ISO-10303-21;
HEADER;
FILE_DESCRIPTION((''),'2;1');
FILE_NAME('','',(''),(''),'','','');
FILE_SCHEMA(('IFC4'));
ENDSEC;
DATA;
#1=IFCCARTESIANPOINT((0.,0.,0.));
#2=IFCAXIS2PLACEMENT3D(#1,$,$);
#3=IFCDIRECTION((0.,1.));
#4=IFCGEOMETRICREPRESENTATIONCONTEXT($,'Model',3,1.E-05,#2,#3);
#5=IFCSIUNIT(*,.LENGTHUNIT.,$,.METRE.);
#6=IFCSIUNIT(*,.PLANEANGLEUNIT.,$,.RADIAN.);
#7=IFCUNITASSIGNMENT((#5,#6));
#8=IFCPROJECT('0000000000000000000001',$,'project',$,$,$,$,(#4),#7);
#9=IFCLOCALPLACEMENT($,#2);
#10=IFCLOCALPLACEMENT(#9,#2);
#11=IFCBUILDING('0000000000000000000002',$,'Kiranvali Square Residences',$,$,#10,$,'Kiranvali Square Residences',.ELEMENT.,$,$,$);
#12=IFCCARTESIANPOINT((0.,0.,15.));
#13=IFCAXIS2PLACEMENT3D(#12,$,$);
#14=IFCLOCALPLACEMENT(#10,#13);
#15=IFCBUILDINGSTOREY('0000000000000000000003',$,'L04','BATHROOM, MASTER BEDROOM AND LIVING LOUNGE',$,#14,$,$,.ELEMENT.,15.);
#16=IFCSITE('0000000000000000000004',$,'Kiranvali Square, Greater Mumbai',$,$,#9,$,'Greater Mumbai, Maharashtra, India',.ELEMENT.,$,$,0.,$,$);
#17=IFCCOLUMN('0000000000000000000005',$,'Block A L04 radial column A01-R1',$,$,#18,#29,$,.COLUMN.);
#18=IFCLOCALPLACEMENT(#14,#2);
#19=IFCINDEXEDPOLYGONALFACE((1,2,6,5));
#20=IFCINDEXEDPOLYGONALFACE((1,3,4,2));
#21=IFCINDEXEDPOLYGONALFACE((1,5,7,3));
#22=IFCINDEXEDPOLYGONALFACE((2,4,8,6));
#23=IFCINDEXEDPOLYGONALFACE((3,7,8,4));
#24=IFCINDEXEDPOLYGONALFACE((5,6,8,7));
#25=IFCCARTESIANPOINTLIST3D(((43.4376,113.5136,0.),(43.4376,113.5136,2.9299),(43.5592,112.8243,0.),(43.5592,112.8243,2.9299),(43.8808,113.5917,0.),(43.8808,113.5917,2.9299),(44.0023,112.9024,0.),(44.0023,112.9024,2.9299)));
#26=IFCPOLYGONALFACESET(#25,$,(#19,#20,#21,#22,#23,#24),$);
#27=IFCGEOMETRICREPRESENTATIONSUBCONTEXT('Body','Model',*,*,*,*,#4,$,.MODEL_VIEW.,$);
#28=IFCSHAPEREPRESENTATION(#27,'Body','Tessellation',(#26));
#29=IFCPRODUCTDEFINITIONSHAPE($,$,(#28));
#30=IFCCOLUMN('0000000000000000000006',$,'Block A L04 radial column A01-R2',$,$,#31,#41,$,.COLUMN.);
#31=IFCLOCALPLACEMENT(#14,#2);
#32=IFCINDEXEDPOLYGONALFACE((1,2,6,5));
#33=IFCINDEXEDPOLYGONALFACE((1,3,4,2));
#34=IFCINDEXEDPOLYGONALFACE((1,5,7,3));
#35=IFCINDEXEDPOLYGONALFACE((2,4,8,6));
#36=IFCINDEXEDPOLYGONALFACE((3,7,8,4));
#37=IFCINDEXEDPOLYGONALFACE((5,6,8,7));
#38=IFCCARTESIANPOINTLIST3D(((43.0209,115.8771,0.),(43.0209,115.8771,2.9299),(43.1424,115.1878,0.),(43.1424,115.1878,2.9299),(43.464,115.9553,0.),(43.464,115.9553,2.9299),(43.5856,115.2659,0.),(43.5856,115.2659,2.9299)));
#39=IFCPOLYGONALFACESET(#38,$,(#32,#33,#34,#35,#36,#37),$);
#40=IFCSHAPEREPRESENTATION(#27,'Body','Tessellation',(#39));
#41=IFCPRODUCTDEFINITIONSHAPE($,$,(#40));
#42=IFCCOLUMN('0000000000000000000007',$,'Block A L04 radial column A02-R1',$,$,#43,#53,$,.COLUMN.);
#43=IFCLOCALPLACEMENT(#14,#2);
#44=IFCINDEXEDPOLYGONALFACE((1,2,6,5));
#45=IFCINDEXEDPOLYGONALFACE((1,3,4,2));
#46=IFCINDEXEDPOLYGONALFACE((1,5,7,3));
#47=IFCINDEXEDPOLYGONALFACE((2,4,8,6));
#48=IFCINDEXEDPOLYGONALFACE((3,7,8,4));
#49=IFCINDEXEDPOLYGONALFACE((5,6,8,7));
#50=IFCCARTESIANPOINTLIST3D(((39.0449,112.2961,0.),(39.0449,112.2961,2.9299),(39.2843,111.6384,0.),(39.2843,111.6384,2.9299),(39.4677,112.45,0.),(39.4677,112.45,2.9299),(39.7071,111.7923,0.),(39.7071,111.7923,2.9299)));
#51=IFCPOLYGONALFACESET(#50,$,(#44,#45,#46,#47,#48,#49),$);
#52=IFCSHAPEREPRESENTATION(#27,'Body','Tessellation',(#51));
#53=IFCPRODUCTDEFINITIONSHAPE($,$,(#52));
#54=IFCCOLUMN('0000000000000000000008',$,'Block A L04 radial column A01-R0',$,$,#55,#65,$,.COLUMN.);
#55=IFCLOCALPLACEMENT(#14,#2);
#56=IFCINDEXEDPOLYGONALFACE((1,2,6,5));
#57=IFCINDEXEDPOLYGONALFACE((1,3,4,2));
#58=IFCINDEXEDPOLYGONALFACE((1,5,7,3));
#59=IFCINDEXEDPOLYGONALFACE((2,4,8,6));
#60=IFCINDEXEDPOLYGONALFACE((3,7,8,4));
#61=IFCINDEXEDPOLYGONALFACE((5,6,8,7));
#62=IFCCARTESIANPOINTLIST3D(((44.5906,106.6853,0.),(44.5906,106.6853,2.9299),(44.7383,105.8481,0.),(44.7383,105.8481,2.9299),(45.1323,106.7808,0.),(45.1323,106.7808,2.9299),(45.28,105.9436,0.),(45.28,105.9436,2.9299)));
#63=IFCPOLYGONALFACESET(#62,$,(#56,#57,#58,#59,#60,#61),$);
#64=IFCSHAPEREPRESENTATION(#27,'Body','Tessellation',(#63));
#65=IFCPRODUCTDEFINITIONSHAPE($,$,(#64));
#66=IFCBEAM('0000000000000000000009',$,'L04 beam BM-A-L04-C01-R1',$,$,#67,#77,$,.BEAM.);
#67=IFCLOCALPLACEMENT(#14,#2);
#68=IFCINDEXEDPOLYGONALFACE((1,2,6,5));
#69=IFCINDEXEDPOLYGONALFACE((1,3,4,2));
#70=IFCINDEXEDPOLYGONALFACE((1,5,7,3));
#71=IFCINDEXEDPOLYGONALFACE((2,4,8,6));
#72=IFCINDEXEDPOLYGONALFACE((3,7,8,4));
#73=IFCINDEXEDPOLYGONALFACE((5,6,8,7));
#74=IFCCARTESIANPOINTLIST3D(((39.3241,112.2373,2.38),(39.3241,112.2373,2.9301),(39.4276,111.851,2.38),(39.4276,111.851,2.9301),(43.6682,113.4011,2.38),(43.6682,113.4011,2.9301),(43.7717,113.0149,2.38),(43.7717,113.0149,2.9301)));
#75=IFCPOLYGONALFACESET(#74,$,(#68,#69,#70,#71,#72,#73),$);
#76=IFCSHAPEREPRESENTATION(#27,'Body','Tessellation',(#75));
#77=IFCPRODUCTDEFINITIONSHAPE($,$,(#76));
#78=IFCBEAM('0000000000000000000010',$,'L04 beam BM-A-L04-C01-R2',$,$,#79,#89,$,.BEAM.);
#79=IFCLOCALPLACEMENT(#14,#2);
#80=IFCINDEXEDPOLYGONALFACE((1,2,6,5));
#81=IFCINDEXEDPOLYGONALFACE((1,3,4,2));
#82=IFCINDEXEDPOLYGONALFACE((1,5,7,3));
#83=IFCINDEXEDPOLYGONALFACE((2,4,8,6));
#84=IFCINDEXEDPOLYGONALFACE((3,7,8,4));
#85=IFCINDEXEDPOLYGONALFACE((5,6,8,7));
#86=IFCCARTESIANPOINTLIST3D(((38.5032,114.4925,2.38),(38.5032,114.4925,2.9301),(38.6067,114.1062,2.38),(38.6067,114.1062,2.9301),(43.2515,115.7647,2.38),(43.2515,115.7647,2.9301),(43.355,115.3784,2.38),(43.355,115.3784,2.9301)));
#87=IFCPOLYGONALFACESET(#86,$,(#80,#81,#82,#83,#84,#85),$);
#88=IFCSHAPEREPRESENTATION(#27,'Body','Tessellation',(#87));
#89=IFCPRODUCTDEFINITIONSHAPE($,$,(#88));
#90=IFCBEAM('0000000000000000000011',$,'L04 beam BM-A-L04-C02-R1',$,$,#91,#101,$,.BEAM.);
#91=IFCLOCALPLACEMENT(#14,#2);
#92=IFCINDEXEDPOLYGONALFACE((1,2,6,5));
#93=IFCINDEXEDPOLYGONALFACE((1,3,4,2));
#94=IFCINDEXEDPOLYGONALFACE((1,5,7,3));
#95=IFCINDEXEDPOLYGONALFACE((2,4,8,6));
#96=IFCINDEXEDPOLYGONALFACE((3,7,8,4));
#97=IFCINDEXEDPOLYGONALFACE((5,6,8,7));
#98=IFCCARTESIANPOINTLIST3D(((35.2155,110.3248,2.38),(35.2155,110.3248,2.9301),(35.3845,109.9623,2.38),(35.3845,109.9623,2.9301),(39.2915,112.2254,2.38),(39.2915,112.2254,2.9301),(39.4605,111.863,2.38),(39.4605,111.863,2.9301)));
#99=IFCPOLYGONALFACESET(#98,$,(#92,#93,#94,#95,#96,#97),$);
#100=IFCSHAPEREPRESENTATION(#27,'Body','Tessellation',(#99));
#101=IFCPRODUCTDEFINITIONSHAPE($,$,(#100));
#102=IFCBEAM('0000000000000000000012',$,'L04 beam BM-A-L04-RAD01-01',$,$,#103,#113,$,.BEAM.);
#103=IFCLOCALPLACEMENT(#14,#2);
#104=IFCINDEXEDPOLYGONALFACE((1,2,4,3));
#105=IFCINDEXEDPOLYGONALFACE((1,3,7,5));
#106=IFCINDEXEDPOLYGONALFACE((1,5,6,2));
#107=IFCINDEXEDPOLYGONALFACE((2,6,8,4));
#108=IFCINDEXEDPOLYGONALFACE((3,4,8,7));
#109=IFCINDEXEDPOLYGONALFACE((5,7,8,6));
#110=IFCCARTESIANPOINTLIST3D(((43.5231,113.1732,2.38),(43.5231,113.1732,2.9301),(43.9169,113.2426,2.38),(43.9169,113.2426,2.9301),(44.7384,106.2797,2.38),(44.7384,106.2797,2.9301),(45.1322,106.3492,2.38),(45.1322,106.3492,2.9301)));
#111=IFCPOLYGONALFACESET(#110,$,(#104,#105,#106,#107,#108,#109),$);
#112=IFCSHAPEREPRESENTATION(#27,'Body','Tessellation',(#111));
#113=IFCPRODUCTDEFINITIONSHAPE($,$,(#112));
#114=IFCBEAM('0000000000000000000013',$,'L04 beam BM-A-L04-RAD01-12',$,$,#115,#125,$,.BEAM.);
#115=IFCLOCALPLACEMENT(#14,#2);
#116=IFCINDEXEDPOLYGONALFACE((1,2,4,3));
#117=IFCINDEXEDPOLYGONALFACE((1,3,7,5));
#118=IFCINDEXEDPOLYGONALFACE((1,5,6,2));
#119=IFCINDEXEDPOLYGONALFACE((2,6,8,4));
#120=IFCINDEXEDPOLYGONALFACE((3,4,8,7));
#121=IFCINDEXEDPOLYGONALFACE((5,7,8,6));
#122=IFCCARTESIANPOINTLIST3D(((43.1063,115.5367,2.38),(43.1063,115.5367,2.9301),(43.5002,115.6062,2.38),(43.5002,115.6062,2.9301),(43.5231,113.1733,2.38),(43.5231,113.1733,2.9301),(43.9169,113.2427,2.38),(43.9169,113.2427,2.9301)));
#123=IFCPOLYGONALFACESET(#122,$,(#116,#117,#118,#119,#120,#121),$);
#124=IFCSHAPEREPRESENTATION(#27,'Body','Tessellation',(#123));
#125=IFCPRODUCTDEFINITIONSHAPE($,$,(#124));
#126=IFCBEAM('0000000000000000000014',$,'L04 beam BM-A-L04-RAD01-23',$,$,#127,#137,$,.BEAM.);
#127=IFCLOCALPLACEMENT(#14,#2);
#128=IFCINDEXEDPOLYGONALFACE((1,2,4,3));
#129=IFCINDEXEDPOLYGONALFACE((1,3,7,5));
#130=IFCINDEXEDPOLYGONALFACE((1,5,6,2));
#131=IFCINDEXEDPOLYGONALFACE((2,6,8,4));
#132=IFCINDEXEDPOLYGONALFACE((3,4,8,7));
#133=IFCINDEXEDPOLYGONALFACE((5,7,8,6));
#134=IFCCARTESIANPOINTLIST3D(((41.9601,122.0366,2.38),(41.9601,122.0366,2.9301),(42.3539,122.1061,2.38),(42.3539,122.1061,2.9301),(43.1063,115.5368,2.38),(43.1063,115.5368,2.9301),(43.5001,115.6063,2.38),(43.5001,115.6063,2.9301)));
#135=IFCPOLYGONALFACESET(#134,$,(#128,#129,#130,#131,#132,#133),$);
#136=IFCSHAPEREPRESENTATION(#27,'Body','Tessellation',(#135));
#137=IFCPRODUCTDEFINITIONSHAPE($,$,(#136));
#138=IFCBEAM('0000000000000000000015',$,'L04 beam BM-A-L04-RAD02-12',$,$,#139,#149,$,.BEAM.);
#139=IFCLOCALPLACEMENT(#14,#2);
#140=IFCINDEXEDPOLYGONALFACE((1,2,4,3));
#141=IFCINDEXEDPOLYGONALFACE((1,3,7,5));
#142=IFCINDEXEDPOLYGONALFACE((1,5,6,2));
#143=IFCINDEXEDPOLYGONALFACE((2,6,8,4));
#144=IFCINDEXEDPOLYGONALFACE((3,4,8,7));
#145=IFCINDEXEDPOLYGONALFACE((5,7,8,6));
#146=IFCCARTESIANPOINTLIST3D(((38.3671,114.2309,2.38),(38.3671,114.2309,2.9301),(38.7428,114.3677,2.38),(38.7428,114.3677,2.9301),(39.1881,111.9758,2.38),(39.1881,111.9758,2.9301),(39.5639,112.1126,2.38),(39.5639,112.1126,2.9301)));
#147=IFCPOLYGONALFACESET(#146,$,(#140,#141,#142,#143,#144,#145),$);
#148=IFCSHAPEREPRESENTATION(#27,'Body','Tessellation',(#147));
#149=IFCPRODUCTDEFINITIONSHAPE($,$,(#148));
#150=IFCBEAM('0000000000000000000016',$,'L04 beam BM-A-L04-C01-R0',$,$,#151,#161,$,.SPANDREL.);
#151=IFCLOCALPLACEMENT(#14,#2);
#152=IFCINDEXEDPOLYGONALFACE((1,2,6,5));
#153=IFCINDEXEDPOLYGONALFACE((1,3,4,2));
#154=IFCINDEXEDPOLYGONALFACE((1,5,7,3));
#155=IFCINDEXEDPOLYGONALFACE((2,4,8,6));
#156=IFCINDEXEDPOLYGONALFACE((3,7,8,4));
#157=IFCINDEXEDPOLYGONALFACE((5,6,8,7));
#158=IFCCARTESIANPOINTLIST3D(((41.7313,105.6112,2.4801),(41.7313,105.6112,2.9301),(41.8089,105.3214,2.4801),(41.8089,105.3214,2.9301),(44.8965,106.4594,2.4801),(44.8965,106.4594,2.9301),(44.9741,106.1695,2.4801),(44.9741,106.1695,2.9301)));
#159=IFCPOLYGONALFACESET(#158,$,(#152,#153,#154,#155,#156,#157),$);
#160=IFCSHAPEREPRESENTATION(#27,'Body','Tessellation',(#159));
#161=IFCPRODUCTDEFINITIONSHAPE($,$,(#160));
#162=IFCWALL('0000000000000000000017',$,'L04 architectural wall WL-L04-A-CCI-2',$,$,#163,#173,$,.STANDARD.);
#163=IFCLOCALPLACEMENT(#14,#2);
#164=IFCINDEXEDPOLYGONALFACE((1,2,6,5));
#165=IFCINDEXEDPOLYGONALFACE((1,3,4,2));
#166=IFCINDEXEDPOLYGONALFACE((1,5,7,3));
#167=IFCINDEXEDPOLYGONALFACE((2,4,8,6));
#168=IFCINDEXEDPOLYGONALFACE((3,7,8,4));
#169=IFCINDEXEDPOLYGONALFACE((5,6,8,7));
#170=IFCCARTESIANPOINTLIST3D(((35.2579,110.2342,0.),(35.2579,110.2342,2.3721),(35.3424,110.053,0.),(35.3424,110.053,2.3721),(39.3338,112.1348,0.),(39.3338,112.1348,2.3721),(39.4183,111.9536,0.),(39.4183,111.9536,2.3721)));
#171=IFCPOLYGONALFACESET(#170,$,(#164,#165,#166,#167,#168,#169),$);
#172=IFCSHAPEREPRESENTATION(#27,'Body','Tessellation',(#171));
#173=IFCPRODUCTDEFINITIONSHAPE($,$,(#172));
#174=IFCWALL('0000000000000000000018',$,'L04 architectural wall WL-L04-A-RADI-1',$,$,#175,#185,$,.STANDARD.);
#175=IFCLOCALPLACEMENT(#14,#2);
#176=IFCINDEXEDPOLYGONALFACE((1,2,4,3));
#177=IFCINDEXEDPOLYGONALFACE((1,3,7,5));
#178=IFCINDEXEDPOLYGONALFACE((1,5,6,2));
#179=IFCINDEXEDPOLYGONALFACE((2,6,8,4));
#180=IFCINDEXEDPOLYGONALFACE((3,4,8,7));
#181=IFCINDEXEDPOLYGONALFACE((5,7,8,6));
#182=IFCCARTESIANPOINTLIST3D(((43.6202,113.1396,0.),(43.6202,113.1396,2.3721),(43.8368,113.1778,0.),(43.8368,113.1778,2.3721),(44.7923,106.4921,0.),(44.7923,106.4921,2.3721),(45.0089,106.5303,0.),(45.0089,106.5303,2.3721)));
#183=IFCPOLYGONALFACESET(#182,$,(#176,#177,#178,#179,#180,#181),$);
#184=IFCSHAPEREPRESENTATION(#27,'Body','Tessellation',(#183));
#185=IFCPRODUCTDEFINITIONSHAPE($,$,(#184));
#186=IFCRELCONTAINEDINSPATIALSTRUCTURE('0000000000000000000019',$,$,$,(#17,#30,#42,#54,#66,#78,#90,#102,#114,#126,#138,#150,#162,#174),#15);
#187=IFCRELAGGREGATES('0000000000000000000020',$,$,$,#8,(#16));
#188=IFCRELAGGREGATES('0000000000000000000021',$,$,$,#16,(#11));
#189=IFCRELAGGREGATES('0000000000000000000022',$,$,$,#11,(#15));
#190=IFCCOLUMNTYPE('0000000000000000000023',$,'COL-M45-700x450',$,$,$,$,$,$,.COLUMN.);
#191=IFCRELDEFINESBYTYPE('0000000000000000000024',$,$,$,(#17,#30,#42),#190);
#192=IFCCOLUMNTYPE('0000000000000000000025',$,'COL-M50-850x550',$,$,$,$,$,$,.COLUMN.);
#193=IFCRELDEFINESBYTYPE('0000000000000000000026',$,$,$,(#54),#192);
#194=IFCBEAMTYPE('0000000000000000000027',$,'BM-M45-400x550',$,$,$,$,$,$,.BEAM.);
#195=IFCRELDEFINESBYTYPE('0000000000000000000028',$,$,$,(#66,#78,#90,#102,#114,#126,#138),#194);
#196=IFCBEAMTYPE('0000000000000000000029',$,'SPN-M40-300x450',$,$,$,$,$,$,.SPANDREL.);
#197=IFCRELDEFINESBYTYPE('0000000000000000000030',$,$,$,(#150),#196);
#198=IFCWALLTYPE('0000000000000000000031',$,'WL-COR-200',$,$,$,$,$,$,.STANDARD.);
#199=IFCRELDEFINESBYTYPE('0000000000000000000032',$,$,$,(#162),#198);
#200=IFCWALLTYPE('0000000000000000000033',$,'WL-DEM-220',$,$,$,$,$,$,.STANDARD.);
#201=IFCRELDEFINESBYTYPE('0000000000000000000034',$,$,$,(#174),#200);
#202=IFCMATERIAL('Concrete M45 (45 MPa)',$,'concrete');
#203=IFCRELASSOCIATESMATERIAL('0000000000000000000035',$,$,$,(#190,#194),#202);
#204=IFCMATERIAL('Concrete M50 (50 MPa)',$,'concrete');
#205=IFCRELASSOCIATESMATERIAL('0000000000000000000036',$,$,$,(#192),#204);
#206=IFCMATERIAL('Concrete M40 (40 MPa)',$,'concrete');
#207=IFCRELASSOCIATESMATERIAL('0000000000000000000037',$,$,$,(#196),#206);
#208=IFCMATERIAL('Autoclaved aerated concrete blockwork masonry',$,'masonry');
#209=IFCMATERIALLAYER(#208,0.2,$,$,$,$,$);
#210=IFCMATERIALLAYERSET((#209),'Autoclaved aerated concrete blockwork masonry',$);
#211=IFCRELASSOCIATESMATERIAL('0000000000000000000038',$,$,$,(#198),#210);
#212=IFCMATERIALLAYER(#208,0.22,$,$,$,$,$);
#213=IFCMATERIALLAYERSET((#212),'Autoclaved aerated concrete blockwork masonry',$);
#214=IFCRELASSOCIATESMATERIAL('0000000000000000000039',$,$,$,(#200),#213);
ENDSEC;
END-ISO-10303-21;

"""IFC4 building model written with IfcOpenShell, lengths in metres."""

from ifc_helpers import new_model, si_unit, direction, frame, frame_2d, origin, origin_2d, place, context, subcontext, project, spatial, rectangle, extrude, material, layer, layer_set, material_profile, profile_set, type_object, element, save


model = new_model("IFC4")

# Units and contexts
model_context = context("Model", 3, precision=1e-05, world=origin(), true_north=direction((0.0, 1.0)))
body_context = subcontext(model_context, "Body", "Model", "MODEL_VIEW")
ifc_project = project(units=[si_unit("LENGTHUNIT", "METRE"), si_unit("PLANEANGLEUNIT", "RADIAN")], contexts=[model_context])

# Site, building, storey
site_placement = place(None, origin())
site = spatial("IfcSite", under=ifc_project, at=site_placement, Name="Kiranvali Square, Greater Mumbai", LongName="Greater Mumbai, Maharashtra, India", CompositionType="ELEMENT", RefElevation=0.0)
building_placement = place(site_placement, origin())
building = spatial("IfcBuilding", under=site, at=building_placement, Name="Kiranvali Square Residences", LongName="Kiranvali Square Residences", CompositionType="ELEMENT")
storey_placement = place(building_placement, frame((0.0, 0.0, 15.0)))
storey = spatial("IfcBuildingStorey", under=building, at=storey_placement, Name="L04", Description="BATHROOM, MASTER BEDROOM AND LIVING LOUNGE", CompositionType="ELEMENT", Elevation=15.0)

# Columns
ifc_material_1 = material(Name="Concrete M45 (45 MPa)", Category="concrete")
ifc_material_profile_1 = material_profile(ifc_material_1, rectangle(XDim=0.45, YDim=0.7, at=origin_2d()), Name="RC 700x450")
ifc_profile_set_1 = profile_set([ifc_material_profile_1], Name="Concrete M45 (45 MPa)")
column_type_1 = type_object("IfcColumnType", Name="COL-M45-700x450", PredefinedType="COLUMN", material=ifc_profile_set_1)
for number, where, z_axis, x_axis, name in (
    (1, (43.72, 113.208, 0.0), (0.0, 0.0, 1.0), (0.984808, 0.173648, 0.0), "Block A L04 radial column A01-R1"),
    (2, (43.3032, 115.5715, 0.0), (0.0, 0.0, 1.0), (0.984808, 0.173648, 0.0), "Block A L04 radial column A01-R2"),
    (3, (39.376, 112.0442, 0.0), (0.0, 0.0, 1.0), (0.939693, 0.34202, 0.0), "Block A L04 radial column A02-R1"),
):
    element("IfcColumn", number, at=place(storey_placement, frame(where, z_axis=z_axis, x_axis=x_axis)), inside=storey, type_object=column_type_1, Name=name, PredefinedType="COLUMN", context=body_context, shape_type="SweptSolid", body=[
        extrude(rectangle(XDim=0.45, YDim=0.7, at=origin_2d()), origin(), (0.0, 0.0, 1.0), 2.9299),
    ])
ifc_material_2 = material(Name="Concrete M50 (50 MPa)", Category="concrete")
ifc_material_profile_2 = material_profile(ifc_material_2, rectangle(XDim=0.55, YDim=0.8501, at=origin_2d()), Name="RC 850x550")
ifc_profile_set_2 = profile_set([ifc_material_profile_2], Name="Concrete M50 (50 MPa)")
column_type_2 = type_object("IfcColumnType", Name="COL-M50-850x550", PredefinedType="COLUMN", material=ifc_profile_set_2)
column_placement = place(storey_placement, frame((44.9353, 106.3145, 0.0), z_axis=(0.0, 0.0, 1.0), x_axis=(0.984808, 0.173648, 0.0)))
element("IfcColumn", 4, at=column_placement, inside=storey, type_object=column_type_2, Name="Block A L04 radial column A01-R0", PredefinedType="COLUMN", context=body_context, shape_type="SweptSolid", body=[
    extrude(rectangle(XDim=0.55, YDim=0.8501, at=origin_2d()), origin(), (0.0, 0.0, 1.0), 2.9299),
])

# Beams
ifc_material_profile_3 = material_profile(ifc_material_1, rectangle(XDim=0.3999, YDim=0.55, at=origin_2d()), Name="RC 400x550")
ifc_profile_set_3 = profile_set([ifc_material_profile_3], Name="Concrete M45 (45 MPa)")
beam_type_1 = type_object("IfcBeamType", Name="BM-M45-400x550", PredefinedType="BEAM", material=ifc_profile_set_3)
beam_1_placement = place(storey_placement, frame((43.72, 113.208, 2.655), z_axis=(-0.965934, -0.258788, 0.0), x_axis=(0.258788, -0.965934, 0.0)))
element("IfcBeam", 5, at=beam_1_placement, inside=storey, type_object=beam_type_1, Name="L04 beam BM-A-L04-C01-R1", PredefinedType="BEAM", context=body_context, shape_type="SweptSolid", body=[
    extrude(rectangle(XDim=0.3999, YDim=0.55, at=origin_2d()), origin(), (0.0, 0.0, 1.0), 4.4973),
])
beam_2_placement = place(storey_placement, frame((43.3032, 115.5715, 2.655), z_axis=(-0.96593, -0.258803, 0.0), x_axis=(0.258803, -0.96593, 0.0)))
element("IfcBeam", 6, at=beam_2_placement, inside=storey, type_object=beam_type_1, Name="L04 beam BM-A-L04-C01-R2", PredefinedType="BEAM", context=body_context, shape_type="SweptSolid", body=[
    extrude(rectangle(XDim=0.3999, YDim=0.55, at=origin_2d()), origin(), (0.0, 0.0, 1.0), 4.9158),
])
beam_3_placement = place(storey_placement, frame((39.376, 112.0442, 2.655), z_axis=(-0.906308, -0.422618, 0.0), x_axis=(0.422618, -0.906308, 0.0)))
element("IfcBeam", 7, at=beam_3_placement, inside=storey, type_object=beam_type_1, Name="L04 beam BM-A-L04-C02-R1", PredefinedType="BEAM", context=body_context, shape_type="SweptSolid", body=[
    extrude(rectangle(XDim=0.3999, YDim=0.55, at=origin_2d()), origin(), (0.0, 0.0, 1.0), 4.4973),
])
beam_4_placement = place(storey_placement, frame((44.9353, 106.3145, 2.655), z_axis=(-0.173622, 0.984812, 0.0), x_axis=(-0.984812, -0.173622, 0.0)))
element("IfcBeam", 8, at=beam_4_placement, inside=storey, type_object=beam_type_1, Name="L04 beam BM-A-L04-RAD01-01", PredefinedType="BEAM", context=body_context, shape_type="SweptSolid", body=[
    extrude(rectangle(XDim=0.3999, YDim=0.55, at=origin_2d()), origin(), (0.0, 0.0, 1.0), 6.9998),
])
beam_5_placement = place(storey_placement, frame((43.72, 113.208, 2.655), z_axis=(-0.173646, 0.984808, 0.0), x_axis=(-0.984808, -0.173646, 0.0)))
element("IfcBeam", 9, at=beam_5_placement, inside=storey, type_object=beam_type_1, Name="L04 beam BM-A-L04-RAD01-12", PredefinedType="BEAM", context=body_context, shape_type="SweptSolid", body=[
    extrude(rectangle(XDim=0.3999, YDim=0.55, at=origin_2d()), origin(), (0.0, 0.0, 1.0), 2.3999),
])
beam_6_placement = place(storey_placement, frame((43.3032, 115.5715, 2.655), z_axis=(-0.173671, 0.984804, 0.0), x_axis=(-0.984804, -0.173671, 0.0)))
element("IfcBeam", 10, at=beam_6_placement, inside=storey, type_object=beam_type_1, Name="L04 beam BM-A-L04-RAD01-23", PredefinedType="BEAM", context=body_context, shape_type="SweptSolid", body=[
    extrude(rectangle(XDim=0.3999, YDim=0.55, at=origin_2d()), origin(), (0.0, 0.0, 1.0), 6.6001),
])
beam_7_placement = place(storey_placement, frame((39.376, 112.0442, 2.655), z_axis=(-0.342111, 0.93966, 0.0), x_axis=(-0.93966, -0.342111, 0.0)))
element("IfcBeam", 11, at=beam_7_placement, inside=storey, type_object=beam_type_1, Name="L04 beam BM-A-L04-RAD02-12", PredefinedType="BEAM", context=body_context, shape_type="SweptSolid", body=[
    extrude(rectangle(XDim=0.3999, YDim=0.55, at=origin_2d()), origin(), (0.0, 0.0, 1.0), 2.3999),
])
ifc_material_3 = material(Name="Concrete M40 (40 MPa)", Category="concrete")
ifc_material_profile_4 = material_profile(ifc_material_3, rectangle(XDim=0.3, YDim=0.45, at=origin_2d()), Name="RC 300x450")
ifc_profile_set_4 = profile_set([ifc_material_profile_4], Name="Concrete M40 (40 MPa)")
beam_type_2 = type_object("IfcBeamType", Name="SPN-M40-300x450", PredefinedType="SPANDREL", material=ifc_profile_set_4)
beam_8_placement = place(storey_placement, frame((44.9353, 106.3145, 2.7051), z_axis=(-0.965925, -0.258822, 0.0), x_axis=(0.258822, -0.965925, 0.0)))
element("IfcBeam", 12, at=beam_8_placement, inside=storey, type_object=beam_type_2, Name="L04 beam BM-A-L04-C01-R0", PredefinedType="SPANDREL", context=body_context, shape_type="SweptSolid", body=[
    extrude(rectangle(XDim=0.3, YDim=0.45, at=origin_2d()), origin(), (0.0, 0.0, 1.0), 3.2769),
])

# Shared definitions
ifc_material_4 = material(Name="Autoclaved aerated concrete blockwork masonry", Category="masonry")
ifc_layer_1 = layer(ifc_material_4, 0.2)
ifc_layer_set_1 = layer_set([ifc_layer_1], Name="Autoclaved aerated concrete blockwork masonry")
wall_type_1 = type_object("IfcWallType", Name="WL-COR-200", PredefinedType="STANDARD", material=ifc_layer_set_1)

# Walls
wall_1_placement = place(storey_placement, frame((39.376, 112.0442, 0.0), z_axis=(0.0, 0.0, 1.0), x_axis=(-0.906308, -0.422618, 0.0)))
element("IfcWall", 13, at=wall_1_placement, inside=storey, type_object=wall_type_1, Name="L04 architectural wall WL-L04-A-CCI-2", PredefinedType="STANDARD", context=body_context, shape_type="SweptSolid", body=[
    extrude(rectangle(XDim=4.4973, YDim=0.2, at=frame_2d((2.2485, 0.0))), origin(), (0.0, 0.0, 1.0), 2.3721),
])
ifc_layer_2 = layer(ifc_material_4, 0.22)
ifc_layer_set_2 = layer_set([ifc_layer_2], Name="Autoclaved aerated concrete blockwork masonry")
wall_type_2 = type_object("IfcWallType", Name="WL-DEM-220", PredefinedType="STANDARD", material=ifc_layer_set_2)
wall_2_placement = place(storey_placement, frame((44.9006, 106.5112, 0.0), z_axis=(0.0, 0.0, 1.0), x_axis=(-0.173647, 0.984808, 0.0)))
element("IfcWall", 14, at=wall_2_placement, inside=storey, type_object=wall_type_2, Name="L04 architectural wall WL-L04-A-RADI-1", PredefinedType="STANDARD", context=body_context, shape_type="SweptSolid", body=[
    extrude(rectangle(XDim=6.75, YDim=0.22, at=frame_2d((3.375, 0.0))), origin(), (0.0, 0.0, 1.0), 2.3721),
])

save(model, "model.ifc")
